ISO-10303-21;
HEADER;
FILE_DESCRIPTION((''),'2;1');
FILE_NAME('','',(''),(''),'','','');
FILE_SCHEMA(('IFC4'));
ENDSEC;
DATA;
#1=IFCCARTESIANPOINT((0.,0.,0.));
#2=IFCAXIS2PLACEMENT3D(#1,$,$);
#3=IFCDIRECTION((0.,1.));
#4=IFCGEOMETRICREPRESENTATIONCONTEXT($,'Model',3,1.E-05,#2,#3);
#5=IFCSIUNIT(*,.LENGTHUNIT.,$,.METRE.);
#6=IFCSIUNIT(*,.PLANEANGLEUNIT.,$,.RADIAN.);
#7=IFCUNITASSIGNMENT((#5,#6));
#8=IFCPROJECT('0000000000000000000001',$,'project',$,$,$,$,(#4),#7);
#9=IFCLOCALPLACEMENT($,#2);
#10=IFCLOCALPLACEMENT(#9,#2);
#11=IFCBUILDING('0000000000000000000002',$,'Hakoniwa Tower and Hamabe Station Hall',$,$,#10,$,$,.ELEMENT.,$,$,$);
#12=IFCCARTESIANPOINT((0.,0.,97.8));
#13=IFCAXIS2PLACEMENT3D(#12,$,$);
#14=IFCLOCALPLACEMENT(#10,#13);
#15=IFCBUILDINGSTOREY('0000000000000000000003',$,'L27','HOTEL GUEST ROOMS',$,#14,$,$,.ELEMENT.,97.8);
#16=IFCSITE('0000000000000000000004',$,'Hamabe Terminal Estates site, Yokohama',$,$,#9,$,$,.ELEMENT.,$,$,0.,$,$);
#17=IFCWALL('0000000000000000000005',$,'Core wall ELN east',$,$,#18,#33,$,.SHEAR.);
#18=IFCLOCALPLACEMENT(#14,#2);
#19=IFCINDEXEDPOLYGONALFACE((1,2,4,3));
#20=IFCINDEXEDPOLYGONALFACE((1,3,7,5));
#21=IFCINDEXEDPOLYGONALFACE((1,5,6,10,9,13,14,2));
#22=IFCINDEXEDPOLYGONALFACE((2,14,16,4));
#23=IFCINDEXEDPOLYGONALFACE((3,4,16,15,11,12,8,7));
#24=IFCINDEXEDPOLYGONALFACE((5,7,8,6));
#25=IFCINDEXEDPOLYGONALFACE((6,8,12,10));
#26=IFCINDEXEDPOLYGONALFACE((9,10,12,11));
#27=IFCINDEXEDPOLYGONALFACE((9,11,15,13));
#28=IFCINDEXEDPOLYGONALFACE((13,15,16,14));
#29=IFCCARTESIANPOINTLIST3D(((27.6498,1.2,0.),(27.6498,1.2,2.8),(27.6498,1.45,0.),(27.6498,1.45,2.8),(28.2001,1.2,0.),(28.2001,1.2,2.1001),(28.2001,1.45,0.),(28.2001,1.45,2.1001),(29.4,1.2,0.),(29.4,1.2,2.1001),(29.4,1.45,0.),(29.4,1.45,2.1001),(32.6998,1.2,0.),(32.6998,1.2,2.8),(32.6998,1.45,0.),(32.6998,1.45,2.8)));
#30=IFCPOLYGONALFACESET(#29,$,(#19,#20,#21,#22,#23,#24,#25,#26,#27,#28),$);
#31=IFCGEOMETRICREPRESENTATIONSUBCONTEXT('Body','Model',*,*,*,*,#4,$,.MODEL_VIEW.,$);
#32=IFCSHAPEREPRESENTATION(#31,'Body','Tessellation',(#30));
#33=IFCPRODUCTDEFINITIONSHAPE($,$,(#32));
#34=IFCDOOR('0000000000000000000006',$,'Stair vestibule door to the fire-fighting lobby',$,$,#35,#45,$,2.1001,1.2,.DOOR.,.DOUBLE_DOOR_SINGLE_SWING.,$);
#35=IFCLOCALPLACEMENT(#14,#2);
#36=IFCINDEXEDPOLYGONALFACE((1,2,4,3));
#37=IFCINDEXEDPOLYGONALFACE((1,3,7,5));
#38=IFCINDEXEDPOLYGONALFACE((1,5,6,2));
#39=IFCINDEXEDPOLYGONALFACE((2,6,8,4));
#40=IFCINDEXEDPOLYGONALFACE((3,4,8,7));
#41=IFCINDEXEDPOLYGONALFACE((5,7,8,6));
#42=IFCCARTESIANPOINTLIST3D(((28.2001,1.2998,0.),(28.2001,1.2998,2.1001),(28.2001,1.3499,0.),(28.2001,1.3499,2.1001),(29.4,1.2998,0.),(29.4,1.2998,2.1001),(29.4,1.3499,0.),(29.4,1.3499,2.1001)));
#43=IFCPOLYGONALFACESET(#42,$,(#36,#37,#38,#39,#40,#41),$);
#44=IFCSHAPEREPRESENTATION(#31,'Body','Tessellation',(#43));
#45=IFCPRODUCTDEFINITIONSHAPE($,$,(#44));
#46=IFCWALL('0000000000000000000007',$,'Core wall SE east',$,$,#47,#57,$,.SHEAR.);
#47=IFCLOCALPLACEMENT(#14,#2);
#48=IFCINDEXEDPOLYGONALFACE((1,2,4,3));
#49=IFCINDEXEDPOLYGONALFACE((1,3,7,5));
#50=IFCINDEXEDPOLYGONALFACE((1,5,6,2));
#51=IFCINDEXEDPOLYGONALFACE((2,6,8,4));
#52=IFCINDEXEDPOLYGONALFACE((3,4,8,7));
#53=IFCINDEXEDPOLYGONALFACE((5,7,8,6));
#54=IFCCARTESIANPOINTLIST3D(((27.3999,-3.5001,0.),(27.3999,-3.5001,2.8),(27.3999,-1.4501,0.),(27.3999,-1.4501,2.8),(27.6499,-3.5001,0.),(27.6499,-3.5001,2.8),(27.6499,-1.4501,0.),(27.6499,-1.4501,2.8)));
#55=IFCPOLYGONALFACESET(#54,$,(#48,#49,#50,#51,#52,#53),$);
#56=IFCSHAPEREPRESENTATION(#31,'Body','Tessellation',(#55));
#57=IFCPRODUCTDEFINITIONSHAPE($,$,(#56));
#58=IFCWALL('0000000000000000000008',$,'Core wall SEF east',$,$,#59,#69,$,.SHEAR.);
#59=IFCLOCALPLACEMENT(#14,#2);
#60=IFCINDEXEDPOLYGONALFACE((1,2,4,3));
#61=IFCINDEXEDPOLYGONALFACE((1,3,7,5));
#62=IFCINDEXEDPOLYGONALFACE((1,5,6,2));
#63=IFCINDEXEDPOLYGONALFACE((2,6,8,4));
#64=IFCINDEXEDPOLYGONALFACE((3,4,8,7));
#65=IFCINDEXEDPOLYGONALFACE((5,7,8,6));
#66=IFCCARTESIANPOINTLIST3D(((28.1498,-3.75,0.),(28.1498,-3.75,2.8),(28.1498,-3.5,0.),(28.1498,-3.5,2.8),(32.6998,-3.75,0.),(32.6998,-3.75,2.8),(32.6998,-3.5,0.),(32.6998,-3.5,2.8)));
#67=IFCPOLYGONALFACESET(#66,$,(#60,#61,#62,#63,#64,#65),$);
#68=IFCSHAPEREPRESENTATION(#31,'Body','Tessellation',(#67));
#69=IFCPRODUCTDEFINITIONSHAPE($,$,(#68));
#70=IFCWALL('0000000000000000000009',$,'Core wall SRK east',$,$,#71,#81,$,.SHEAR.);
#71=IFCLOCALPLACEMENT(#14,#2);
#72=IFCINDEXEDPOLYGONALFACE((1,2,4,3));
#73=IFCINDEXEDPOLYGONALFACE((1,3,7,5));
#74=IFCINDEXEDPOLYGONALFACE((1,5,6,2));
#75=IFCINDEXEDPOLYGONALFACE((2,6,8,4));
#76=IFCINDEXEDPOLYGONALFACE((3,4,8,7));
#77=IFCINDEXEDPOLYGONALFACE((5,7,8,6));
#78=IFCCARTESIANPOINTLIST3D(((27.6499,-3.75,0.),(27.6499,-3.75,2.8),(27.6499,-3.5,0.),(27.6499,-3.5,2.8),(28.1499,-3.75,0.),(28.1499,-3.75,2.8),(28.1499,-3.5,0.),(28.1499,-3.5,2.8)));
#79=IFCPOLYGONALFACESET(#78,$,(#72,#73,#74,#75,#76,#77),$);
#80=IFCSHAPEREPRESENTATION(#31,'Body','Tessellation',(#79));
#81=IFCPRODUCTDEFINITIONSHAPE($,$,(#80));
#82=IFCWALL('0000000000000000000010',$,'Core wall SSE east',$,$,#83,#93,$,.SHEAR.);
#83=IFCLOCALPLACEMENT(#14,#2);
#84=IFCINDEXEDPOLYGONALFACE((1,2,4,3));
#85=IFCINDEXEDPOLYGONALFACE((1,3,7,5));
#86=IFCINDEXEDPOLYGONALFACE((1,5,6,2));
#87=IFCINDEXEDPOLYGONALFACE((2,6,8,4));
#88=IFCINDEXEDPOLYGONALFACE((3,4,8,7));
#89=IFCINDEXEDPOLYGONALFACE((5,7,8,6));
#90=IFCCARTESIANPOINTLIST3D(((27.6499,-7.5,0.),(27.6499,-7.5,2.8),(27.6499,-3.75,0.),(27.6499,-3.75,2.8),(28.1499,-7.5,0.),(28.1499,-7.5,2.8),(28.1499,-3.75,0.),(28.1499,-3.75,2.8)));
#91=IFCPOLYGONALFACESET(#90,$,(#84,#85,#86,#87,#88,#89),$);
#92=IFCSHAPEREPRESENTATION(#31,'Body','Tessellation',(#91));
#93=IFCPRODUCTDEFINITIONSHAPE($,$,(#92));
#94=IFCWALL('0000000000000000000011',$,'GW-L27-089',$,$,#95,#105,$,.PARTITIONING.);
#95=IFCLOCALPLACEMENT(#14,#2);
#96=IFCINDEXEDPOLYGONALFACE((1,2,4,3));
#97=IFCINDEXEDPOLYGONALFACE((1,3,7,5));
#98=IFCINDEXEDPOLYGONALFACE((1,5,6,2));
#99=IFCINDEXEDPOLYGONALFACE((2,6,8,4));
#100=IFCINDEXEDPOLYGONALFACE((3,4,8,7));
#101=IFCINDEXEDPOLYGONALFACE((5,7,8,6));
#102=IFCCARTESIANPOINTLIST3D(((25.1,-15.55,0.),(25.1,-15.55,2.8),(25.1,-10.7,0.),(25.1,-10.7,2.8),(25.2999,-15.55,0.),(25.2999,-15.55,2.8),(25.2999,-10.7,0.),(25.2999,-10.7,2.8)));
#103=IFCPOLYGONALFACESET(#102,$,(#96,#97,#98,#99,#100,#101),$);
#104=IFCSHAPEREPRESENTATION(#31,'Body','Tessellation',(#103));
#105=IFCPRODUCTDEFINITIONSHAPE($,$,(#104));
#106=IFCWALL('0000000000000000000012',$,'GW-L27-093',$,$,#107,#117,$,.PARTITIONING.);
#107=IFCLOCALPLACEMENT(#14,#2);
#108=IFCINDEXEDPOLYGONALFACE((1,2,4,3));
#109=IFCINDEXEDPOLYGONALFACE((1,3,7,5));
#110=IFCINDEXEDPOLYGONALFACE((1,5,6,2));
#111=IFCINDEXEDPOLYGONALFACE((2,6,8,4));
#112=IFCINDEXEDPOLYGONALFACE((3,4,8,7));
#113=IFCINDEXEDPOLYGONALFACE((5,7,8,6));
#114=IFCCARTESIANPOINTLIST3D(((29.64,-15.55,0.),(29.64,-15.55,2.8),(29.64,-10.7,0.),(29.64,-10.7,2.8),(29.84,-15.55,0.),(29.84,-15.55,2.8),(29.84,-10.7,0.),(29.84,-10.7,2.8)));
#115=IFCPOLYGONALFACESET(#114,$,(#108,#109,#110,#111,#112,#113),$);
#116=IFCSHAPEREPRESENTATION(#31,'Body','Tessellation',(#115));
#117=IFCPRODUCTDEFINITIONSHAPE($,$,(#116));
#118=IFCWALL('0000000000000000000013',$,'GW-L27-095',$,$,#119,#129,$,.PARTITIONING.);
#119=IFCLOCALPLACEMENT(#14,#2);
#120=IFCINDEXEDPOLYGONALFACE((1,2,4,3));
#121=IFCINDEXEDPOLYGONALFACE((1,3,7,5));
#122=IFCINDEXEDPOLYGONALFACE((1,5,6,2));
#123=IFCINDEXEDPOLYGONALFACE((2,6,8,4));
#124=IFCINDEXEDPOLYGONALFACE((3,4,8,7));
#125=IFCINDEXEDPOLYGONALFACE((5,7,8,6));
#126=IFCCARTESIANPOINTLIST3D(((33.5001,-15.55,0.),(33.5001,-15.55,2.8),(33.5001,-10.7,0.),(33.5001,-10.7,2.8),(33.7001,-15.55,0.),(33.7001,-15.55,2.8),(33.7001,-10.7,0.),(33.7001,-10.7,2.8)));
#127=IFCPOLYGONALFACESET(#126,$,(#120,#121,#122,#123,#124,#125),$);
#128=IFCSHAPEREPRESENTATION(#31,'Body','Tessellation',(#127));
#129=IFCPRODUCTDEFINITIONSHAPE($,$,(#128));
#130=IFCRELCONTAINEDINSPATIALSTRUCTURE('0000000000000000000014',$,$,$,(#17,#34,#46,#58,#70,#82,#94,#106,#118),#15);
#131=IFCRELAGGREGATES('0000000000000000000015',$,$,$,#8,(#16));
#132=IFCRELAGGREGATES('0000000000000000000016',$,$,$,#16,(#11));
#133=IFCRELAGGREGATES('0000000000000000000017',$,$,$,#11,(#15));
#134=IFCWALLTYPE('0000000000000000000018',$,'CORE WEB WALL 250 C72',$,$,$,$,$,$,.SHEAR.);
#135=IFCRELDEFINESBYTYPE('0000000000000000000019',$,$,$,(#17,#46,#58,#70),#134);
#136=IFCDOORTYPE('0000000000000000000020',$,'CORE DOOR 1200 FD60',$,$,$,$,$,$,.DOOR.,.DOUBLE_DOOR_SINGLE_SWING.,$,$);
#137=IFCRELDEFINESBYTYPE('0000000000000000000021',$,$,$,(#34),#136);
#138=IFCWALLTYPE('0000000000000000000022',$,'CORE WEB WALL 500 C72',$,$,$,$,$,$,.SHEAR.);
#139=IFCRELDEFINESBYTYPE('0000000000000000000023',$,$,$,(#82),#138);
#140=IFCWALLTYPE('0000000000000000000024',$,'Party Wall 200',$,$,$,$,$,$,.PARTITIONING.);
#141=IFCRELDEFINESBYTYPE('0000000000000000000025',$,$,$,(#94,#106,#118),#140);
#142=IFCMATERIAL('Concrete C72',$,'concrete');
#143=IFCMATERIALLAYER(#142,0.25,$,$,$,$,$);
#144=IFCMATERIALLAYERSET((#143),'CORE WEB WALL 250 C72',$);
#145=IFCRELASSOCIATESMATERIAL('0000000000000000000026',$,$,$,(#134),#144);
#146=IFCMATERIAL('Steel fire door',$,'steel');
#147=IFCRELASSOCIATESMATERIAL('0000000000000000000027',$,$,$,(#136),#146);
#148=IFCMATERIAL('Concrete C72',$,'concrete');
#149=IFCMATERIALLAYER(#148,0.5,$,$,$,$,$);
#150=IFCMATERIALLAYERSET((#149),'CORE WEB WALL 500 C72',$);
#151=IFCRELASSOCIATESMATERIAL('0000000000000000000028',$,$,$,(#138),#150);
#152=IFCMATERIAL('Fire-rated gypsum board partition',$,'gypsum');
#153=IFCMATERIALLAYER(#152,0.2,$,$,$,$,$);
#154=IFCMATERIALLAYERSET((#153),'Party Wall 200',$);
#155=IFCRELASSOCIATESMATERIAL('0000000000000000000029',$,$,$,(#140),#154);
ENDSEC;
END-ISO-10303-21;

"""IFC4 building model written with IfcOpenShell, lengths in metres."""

from ifc_helpers import new_model, si_unit, direction, frame, frame_2d, origin, place, context, subcontext, project, spatial, rectangle, extrude, material, layer, layer_set, type_object, element, fill, save


model = new_model("IFC4")

# Units and contexts
model_context = context("Model", 3, precision=1e-05, world=origin(), true_north=direction((0.0, 1.0)))
body_context = subcontext(model_context, "Body", "Model", "MODEL_VIEW")
ifc_project = project(units=[si_unit("LENGTHUNIT", "METRE"), si_unit("PLANEANGLEUNIT", "RADIAN")], contexts=[model_context])

# Site, building, storey
site_placement = place(None, origin())
site = spatial("IfcSite", under=ifc_project, at=site_placement, Name="Hamabe Terminal Estates site, Yokohama", CompositionType="ELEMENT", RefElevation=0.0)
building_placement = place(site_placement, origin())
building = spatial("IfcBuilding", under=site, at=building_placement, Name="Hakoniwa Tower and Hamabe Station Hall", CompositionType="ELEMENT")
storey_placement = place(building_placement, frame((0.0, 0.0, 97.8)))
storey = spatial("IfcBuildingStorey", under=building, at=storey_placement, Name="L27", Description="HOTEL GUEST ROOMS", CompositionType="ELEMENT", Elevation=97.8)

# Wall, opening, door
ifc_material_1 = material(Name="Concrete C72", Category="concrete")
ifc_layer_1 = layer(ifc_material_1, 0.25)
ifc_layer_set_1 = layer_set([ifc_layer_1], Name="CORE WEB WALL 250 C72")
wall_type_1 = type_object("IfcWallType", Name="CORE WEB WALL 250 C72", PredefinedType="SHEAR", material=ifc_layer_set_1)
wall_1_placement = place(storey_placement, frame((27.6499, 1.325, 0.0), z_axis=(0.0, 0.0, 1.0), x_axis=(1.0, 0.0, 0.0)))
wall_1 = element("IfcWall", 1, at=wall_1_placement, inside=storey, type_object=wall_type_1, Name="Core wall ELN east", PredefinedType="SHEAR", context=body_context, shape_type="SweptSolid", body=[
    extrude(rectangle(XDim=5.05, YDim=0.25, at=frame_2d((2.5249, 0.0))), origin(), (0.0, 0.0, 1.0), 2.8),
])
opening_1_placement = place(wall_1_placement, frame((0.55, 0.0, 0.0)))
opening_1 = element("IfcOpeningElement", 2, at=opening_1_placement, cuts=wall_1, PredefinedType="OPENING", context=body_context, shape_type="SweptSolid", body=[
    extrude(rectangle(XDim=1.2, YDim=2.1001, at=frame_2d((0.6001, 1.05))), frame((0.0, 0.135, 0.0), z_axis=(0.0, -1.0, 0.0), x_axis=(1.0, 0.0, 0.0)), (0.0, 0.0, 1.0), 0.27),
])
ifc_material_2 = material(Name="Steel fire door", Category="steel")
door_type_1 = type_object("IfcDoorType", Name="CORE DOOR 1200 FD60", OperationType="DOUBLE_DOOR_SINGLE_SWING", PredefinedType="DOOR", material=ifc_material_2)
door_1_placement = place(opening_1_placement, origin())
door_1 = element("IfcDoor", 3, at=door_1_placement, inside=storey, type_object=door_type_1, Name="Stair vestibule door to the fire-fighting lobby", OperationType="DOUBLE_DOOR_SINGLE_SWING", OverallHeight=2.1001, OverallWidth=1.2, PredefinedType="DOOR", context=body_context, shape_type="SweptSolid", body=[
    extrude(rectangle(XDim=1.2, YDim=2.1001, at=frame_2d((0.6001, 1.05))), frame((0.0, 0.0249, 0.0), z_axis=(0.0, -1.0, 0.0), x_axis=(1.0, 0.0, 0.0)), (0.0, 0.0, 1.0), 0.05),
])
fill(opening_1, door_1)

# Walls
wall_2_placement = place(storey_placement, frame((27.5249, -3.5, 0.0), z_axis=(0.0, 0.0, 1.0), x_axis=(0.0, 1.0, 0.0)))
element("IfcWall", 4, at=wall_2_placement, inside=storey, type_object=wall_type_1, Name="Core wall SE east", PredefinedType="SHEAR", context=body_context, shape_type="SweptSolid", body=[
    extrude(rectangle(XDim=2.05, YDim=0.25, at=frame_2d((1.0249, 0.0))), origin(), (0.0, 0.0, 1.0), 2.8),
])
wall_3_placement = place(storey_placement, frame((28.1499, -3.625, 0.0), z_axis=(0.0, 0.0, 1.0), x_axis=(1.0, 0.0, 0.0)))
element("IfcWall", 5, at=wall_3_placement, inside=storey, type_object=wall_type_1, Name="Core wall SEF east", PredefinedType="SHEAR", context=body_context, shape_type="SweptSolid", body=[
    extrude(rectangle(XDim=4.55, YDim=0.25, at=frame_2d((2.2749, 0.0))), origin(), (0.0, 0.0, 1.0), 2.8),
])
wall_4_placement = place(storey_placement, frame((27.6499, -3.625, 0.0), z_axis=(0.0, 0.0, 1.0), x_axis=(1.0, 0.0, 0.0)))
element("IfcWall", 6, at=wall_4_placement, inside=storey, type_object=wall_type_1, Name="Core wall SRK east", PredefinedType="SHEAR", context=body_context, shape_type="SweptSolid", body=[
    extrude(rectangle(XDim=0.5, YDim=0.25, at=frame_2d((0.25, 0.0))), origin(), (0.0, 0.0, 1.0), 2.8),
])
ifc_material_3 = material(Name="Concrete C72", Category="concrete")
ifc_layer_2 = layer(ifc_material_3, 0.5)
ifc_layer_set_2 = layer_set([ifc_layer_2], Name="CORE WEB WALL 500 C72")
wall_type_2 = type_object("IfcWallType", Name="CORE WEB WALL 500 C72", PredefinedType="SHEAR", material=ifc_layer_set_2)
wall_5_placement = place(storey_placement, frame((27.8999, -7.5, 0.0), z_axis=(0.0, 0.0, 1.0), x_axis=(0.0, 1.0, 0.0)))
element("IfcWall", 7, at=wall_5_placement, inside=storey, type_object=wall_type_2, Name="Core wall SSE east", PredefinedType="SHEAR", context=body_context, shape_type="SweptSolid", body=[
    extrude(rectangle(XDim=3.75, YDim=0.5, at=frame_2d((1.875, 0.0))), origin(), (0.0, 0.0, 1.0), 2.8),
])
ifc_material_4 = material(Name="Fire-rated gypsum board partition", Category="gypsum")
ifc_layer_3 = layer(ifc_material_4, 0.2)
ifc_layer_set_3 = layer_set([ifc_layer_3], Name="Party Wall 200")
wall_type_3 = type_object("IfcWallType", Name="Party Wall 200", PredefinedType="PARTITIONING", material=ifc_layer_set_3)
for number, where, z_axis, x_axis, name in (
    (8, (25.2, -15.55, 0.0), (0.0, 0.0, 1.0), (0.0, 1.0, 0.0), "GW-L27-089"),
    (9, (29.74, -15.55, 0.0), (0.0, 0.0, 1.0), (0.0, 1.0, 0.0), "GW-L27-093"),
    (10, (33.6001, -15.55, 0.0), (0.0, 0.0, 1.0), (0.0, 1.0, 0.0), "GW-L27-095"),
):
    element("IfcWall", number, at=place(storey_placement, frame(where, z_axis=z_axis, x_axis=x_axis)), inside=storey, type_object=wall_type_3, Name=name, PredefinedType="PARTITIONING", context=body_context, shape_type="SweptSolid", body=[
        extrude(rectangle(XDim=4.8501, YDim=0.2, at=frame_2d((2.425, 0.0))), origin(), (0.0, 0.0, 1.0), 2.8),
    ])

save(model, "model.ifc")
